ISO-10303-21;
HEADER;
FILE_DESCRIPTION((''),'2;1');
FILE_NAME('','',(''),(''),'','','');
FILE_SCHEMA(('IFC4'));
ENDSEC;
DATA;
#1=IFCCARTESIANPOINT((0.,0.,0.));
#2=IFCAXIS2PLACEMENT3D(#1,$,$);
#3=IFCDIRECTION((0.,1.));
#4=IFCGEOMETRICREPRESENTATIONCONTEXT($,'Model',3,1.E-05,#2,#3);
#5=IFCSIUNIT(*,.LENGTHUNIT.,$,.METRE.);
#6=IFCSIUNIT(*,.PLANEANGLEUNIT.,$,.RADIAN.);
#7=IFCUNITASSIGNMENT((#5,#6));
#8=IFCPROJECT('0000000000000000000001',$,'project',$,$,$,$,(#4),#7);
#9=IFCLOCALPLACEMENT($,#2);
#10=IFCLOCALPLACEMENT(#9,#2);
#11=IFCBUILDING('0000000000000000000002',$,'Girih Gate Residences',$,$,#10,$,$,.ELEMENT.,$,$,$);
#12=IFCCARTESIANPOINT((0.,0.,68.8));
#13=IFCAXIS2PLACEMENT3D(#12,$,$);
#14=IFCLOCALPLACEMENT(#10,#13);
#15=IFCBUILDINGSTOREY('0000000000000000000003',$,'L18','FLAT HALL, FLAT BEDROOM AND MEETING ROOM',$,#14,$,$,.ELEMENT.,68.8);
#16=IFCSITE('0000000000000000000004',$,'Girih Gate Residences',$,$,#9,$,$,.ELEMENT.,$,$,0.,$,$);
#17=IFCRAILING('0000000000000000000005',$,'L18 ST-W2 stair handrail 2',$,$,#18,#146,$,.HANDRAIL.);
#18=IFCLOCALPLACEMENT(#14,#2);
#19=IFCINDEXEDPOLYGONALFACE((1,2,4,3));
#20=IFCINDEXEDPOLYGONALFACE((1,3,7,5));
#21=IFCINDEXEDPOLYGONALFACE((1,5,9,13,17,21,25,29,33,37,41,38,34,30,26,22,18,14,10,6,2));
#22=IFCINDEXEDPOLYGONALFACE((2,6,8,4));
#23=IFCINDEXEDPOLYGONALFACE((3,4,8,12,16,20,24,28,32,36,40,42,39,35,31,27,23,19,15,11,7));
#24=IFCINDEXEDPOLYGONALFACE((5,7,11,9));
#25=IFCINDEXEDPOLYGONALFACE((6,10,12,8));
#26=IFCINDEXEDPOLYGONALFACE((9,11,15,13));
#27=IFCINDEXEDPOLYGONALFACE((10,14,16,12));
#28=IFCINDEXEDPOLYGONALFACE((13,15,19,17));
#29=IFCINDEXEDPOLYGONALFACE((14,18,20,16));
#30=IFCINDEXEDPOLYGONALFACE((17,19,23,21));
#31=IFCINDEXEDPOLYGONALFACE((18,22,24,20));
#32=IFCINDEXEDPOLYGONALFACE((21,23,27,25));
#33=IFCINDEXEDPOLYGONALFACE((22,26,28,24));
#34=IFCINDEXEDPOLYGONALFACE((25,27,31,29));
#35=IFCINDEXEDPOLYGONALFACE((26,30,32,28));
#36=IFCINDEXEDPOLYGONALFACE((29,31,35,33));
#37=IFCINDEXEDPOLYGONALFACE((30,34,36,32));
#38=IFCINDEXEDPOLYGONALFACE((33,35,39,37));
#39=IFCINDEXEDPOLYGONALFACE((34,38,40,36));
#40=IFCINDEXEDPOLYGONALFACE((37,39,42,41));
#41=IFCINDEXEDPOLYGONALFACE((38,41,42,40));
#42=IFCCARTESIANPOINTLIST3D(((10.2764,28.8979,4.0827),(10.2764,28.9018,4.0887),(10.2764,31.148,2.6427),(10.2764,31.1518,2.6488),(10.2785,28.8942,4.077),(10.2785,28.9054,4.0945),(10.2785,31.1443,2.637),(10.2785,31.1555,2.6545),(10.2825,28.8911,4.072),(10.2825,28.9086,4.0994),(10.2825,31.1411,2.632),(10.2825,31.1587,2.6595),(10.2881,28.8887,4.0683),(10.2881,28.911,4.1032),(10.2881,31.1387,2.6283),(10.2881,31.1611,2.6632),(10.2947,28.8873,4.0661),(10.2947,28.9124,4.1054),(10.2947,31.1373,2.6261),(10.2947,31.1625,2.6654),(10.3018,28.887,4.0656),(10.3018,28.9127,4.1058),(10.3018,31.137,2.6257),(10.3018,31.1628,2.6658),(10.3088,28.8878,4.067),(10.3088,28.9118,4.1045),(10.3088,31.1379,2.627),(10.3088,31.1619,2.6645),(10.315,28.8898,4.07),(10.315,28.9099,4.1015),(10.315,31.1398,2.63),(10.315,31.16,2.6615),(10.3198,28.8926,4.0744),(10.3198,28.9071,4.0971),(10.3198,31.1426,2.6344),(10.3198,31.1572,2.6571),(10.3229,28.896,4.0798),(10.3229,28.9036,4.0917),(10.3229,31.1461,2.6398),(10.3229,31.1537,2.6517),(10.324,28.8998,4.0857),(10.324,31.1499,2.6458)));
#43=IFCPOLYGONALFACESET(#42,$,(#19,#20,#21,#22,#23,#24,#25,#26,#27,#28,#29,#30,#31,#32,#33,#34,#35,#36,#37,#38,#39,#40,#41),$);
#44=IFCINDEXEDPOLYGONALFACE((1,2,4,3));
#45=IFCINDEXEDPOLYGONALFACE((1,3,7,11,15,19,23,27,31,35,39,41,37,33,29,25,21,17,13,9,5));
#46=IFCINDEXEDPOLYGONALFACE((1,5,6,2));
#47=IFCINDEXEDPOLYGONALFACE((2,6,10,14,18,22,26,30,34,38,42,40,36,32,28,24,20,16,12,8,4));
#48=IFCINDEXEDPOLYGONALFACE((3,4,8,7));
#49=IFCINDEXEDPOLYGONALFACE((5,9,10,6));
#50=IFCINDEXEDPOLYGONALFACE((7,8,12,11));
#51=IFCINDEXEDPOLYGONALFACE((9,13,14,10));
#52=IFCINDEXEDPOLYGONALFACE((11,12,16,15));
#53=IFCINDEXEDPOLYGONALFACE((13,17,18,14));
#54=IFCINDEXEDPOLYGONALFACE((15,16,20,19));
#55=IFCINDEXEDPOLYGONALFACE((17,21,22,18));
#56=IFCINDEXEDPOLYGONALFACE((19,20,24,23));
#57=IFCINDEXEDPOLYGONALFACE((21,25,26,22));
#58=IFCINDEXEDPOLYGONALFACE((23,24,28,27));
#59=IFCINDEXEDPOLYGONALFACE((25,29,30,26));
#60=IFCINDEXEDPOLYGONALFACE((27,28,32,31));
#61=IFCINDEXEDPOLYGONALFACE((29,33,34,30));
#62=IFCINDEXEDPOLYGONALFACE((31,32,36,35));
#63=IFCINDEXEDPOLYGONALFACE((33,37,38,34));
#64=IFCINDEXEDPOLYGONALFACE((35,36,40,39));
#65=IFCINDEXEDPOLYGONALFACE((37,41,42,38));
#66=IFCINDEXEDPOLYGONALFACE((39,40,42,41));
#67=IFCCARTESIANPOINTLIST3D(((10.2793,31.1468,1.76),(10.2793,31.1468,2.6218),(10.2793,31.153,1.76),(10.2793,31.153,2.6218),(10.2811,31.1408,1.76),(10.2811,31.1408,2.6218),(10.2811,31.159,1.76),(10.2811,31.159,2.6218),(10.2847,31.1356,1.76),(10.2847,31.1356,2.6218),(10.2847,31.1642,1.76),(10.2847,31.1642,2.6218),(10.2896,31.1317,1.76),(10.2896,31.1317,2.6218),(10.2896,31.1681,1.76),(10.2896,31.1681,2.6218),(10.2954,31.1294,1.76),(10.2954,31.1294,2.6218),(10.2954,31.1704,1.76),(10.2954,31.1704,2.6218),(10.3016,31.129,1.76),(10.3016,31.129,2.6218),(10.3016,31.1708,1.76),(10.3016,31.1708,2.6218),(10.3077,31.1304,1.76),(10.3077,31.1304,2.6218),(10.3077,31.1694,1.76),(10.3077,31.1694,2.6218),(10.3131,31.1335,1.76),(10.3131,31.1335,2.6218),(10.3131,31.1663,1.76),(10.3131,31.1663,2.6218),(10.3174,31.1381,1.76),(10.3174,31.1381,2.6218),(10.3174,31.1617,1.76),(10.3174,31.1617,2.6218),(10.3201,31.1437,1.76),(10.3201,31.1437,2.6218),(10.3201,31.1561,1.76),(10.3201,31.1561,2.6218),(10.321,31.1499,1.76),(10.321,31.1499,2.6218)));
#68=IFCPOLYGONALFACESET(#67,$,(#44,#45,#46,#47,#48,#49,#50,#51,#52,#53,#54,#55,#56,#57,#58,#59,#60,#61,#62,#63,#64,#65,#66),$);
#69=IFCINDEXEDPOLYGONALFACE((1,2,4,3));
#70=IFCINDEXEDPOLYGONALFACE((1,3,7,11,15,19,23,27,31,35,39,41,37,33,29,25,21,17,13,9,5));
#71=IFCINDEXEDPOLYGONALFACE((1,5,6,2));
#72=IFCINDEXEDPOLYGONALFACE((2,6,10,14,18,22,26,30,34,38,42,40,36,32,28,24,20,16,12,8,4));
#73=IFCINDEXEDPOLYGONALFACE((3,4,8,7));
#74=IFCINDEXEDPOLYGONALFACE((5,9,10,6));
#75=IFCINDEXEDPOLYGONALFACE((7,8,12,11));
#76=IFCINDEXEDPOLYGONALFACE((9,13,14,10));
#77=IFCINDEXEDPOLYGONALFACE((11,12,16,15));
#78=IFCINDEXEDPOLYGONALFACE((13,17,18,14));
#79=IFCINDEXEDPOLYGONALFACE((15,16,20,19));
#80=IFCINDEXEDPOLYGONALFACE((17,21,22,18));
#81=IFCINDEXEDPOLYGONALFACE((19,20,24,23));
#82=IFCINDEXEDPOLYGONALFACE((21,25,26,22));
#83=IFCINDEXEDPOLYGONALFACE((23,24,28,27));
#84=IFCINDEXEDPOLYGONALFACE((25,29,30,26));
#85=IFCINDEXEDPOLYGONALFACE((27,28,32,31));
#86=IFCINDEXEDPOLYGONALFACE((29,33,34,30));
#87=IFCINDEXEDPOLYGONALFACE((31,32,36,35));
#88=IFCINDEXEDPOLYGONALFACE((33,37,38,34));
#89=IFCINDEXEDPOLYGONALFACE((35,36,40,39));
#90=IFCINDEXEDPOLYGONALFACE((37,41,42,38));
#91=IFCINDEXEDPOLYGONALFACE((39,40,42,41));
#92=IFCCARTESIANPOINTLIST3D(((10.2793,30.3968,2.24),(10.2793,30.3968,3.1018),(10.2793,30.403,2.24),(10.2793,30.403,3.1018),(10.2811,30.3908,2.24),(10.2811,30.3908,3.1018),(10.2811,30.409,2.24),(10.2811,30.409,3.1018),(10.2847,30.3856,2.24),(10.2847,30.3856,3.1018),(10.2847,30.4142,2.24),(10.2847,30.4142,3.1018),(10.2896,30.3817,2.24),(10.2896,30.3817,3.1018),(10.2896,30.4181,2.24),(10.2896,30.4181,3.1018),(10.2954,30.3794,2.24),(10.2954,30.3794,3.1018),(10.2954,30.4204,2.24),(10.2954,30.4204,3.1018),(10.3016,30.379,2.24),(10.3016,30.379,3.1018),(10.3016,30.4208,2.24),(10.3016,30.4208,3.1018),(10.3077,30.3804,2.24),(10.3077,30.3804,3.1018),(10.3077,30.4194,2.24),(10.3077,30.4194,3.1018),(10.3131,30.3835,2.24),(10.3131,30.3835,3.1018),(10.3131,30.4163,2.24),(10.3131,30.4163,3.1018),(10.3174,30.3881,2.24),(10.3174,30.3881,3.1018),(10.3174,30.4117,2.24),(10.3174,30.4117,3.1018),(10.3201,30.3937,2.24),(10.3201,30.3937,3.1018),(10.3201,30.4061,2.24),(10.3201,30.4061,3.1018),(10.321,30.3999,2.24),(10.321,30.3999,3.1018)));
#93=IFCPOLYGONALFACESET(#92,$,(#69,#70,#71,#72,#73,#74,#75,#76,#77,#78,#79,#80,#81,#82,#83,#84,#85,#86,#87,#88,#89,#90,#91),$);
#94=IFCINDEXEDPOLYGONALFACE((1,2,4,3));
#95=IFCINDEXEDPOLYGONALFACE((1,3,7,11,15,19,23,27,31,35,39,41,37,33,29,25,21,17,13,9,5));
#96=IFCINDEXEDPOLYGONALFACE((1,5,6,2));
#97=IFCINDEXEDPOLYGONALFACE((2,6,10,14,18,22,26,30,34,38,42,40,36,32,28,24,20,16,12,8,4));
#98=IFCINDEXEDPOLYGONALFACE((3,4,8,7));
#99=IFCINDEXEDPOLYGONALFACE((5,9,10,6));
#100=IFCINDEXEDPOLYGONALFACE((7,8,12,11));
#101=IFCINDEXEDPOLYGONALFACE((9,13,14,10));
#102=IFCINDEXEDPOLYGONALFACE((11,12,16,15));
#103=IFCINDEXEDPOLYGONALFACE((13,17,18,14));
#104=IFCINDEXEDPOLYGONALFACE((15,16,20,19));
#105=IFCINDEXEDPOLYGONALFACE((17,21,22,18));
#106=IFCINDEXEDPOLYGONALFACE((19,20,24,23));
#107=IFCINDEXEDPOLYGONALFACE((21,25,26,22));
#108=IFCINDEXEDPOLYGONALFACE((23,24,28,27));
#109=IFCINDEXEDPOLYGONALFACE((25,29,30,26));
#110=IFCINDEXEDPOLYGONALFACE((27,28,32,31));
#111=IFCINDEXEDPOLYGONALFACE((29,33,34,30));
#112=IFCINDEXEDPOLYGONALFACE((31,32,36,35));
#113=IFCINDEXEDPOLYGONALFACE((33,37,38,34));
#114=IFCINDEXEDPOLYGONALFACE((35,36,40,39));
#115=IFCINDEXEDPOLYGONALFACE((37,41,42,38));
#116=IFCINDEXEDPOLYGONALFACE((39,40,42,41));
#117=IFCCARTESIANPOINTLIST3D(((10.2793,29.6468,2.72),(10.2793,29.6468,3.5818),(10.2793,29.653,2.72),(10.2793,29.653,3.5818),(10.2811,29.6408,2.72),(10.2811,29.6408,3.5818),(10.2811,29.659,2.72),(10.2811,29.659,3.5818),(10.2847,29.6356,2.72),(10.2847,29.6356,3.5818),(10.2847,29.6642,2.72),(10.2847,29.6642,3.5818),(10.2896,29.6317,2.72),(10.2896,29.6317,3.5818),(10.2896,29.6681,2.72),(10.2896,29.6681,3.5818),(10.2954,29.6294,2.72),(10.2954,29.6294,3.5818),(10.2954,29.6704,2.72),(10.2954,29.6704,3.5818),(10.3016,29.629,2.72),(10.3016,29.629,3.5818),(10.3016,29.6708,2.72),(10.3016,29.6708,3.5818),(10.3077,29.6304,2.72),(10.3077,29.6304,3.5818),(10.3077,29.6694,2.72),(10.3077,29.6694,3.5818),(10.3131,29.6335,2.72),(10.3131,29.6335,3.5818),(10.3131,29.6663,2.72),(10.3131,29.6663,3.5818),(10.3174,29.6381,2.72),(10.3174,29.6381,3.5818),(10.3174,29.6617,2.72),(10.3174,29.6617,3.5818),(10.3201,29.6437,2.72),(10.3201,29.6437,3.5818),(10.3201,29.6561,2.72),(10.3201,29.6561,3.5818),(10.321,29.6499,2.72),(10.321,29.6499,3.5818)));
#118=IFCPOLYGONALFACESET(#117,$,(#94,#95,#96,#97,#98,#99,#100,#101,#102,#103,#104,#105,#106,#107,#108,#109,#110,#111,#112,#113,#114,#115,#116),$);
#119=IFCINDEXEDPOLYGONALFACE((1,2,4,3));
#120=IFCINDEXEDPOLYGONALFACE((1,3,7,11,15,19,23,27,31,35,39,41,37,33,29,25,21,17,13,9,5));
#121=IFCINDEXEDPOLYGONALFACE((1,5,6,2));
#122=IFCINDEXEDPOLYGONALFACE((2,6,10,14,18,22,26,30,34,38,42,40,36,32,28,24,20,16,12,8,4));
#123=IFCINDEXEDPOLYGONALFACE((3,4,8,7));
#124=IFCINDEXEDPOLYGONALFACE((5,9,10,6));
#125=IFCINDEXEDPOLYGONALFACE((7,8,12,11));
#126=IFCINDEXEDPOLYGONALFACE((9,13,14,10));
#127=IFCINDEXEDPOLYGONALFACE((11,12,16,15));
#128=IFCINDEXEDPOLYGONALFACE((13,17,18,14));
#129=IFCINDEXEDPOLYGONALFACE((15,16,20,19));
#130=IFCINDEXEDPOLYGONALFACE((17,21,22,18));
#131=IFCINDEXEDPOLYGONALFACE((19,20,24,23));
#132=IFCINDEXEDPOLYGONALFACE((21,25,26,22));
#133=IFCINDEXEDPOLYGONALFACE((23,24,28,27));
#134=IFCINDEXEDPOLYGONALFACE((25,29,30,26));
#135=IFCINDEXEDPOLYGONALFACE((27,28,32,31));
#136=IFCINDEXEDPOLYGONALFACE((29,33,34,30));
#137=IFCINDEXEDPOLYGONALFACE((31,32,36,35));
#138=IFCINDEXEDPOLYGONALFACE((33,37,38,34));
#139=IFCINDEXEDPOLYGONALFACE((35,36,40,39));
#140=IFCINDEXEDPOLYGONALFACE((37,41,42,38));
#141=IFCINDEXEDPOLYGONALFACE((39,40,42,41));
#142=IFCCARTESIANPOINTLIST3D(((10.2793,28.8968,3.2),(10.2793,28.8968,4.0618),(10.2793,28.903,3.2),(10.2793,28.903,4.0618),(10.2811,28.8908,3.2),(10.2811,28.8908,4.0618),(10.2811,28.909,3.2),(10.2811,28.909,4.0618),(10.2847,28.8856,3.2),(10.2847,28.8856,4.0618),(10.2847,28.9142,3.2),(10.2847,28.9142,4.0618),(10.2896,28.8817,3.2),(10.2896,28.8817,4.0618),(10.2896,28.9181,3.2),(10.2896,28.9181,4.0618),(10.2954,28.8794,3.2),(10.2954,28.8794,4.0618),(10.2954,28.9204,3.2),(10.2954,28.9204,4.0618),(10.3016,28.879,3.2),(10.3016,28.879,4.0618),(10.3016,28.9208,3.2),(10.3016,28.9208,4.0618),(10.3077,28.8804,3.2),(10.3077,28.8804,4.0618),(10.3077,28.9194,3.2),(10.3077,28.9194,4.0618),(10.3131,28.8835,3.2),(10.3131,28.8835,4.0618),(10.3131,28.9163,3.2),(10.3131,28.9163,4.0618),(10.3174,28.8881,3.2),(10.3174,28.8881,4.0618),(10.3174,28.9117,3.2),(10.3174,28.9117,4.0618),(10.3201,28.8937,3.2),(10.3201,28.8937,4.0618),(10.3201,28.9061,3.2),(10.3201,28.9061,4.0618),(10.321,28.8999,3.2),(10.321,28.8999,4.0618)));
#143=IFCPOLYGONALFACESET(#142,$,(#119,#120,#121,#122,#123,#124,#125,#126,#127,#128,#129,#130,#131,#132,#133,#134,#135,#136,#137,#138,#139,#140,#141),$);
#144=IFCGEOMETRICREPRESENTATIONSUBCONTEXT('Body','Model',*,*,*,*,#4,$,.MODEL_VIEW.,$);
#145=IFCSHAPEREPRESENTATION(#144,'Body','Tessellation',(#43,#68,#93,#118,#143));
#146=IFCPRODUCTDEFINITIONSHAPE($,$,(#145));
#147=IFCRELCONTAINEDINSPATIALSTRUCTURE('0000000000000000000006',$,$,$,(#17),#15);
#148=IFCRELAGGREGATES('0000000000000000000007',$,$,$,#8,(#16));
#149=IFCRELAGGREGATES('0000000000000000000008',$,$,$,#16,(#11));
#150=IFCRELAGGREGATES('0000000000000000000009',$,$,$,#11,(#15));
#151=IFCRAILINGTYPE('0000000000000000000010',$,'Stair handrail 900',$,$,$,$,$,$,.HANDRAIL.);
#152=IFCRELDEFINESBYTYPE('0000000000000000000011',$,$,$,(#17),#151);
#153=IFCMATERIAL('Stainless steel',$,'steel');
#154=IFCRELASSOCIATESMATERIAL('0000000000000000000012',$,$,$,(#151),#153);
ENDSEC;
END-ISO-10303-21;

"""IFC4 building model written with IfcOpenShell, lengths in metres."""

from ifc_helpers import new_model, si_unit, direction, frame, origin, origin_2d, place, context, subcontext, project, spatial, circle, extrude, material, type_object, element, save


model = new_model("IFC4")

# Units and contexts
model_context = context("Model", 3, precision=1e-05, world=origin(), true_north=direction((0.0, 1.0)))
body_context = subcontext(model_context, "Body", "Model", "MODEL_VIEW")
ifc_project = project(units=[si_unit("LENGTHUNIT", "METRE"), si_unit("PLANEANGLEUNIT", "RADIAN")], contexts=[model_context])

# Site, building, storey
site_placement = place(None, origin())
site = spatial("IfcSite", under=ifc_project, at=site_placement, Name="Girih Gate Residences", CompositionType="ELEMENT", RefElevation=0.0)
building_placement = place(site_placement, origin())
building = spatial("IfcBuilding", under=site, at=building_placement, Name="Girih Gate Residences", CompositionType="ELEMENT")
storey_placement = place(building_placement, frame((0.0, 0.0, 68.8)))
storey = spatial("IfcBuildingStorey", under=building, at=storey_placement, Name="L18", Description="FLAT HALL, FLAT BEDROOM AND MEETING ROOM", CompositionType="ELEMENT", Elevation=68.8)

# Railing
ifc_material_1 = material(Name="Stainless steel", Category="steel")
railing_type_1 = type_object("IfcRailingType", Name="Stair handrail 900", PredefinedType="HANDRAIL", material=ifc_material_1)
railing_1_placement = place(storey_placement, frame((10.3, 31.1499, 1.76)))
element("IfcRailing", 1, at=railing_1_placement, inside=storey, type_object=railing_type_1, Name="L18 ST-W2 stair handrail 2", PredefinedType="HANDRAIL", context=body_context, shape_type="SweptSolid", body=[
    extrude(circle(Radius=0.0239, at=origin_2d()), frame((0.0, 0.0, 0.8857), z_axis=(0.0, -0.842281, 0.539038), x_axis=(1.0, 0.0, 0.0)), (0.0, 0.0, 1.0), 2.6714),
    extrude(circle(Radius=0.021, at=origin_2d()), origin(), (0.0, 0.0, 1.0), 0.8618),
    extrude(circle(Radius=0.021, at=origin_2d()), frame((0.0, -0.75, 0.48)), (0.0, 0.0, 1.0), 0.8618),
    extrude(circle(Radius=0.021, at=origin_2d()), frame((0.0, -1.5, 0.96)), (0.0, 0.0, 1.0), 0.8618),
    extrude(circle(Radius=0.021, at=origin_2d()), frame((0.0, -2.25, 1.4399)), (0.0, 0.0, 1.0), 0.8618),
])

save(model, "model.ifc")
